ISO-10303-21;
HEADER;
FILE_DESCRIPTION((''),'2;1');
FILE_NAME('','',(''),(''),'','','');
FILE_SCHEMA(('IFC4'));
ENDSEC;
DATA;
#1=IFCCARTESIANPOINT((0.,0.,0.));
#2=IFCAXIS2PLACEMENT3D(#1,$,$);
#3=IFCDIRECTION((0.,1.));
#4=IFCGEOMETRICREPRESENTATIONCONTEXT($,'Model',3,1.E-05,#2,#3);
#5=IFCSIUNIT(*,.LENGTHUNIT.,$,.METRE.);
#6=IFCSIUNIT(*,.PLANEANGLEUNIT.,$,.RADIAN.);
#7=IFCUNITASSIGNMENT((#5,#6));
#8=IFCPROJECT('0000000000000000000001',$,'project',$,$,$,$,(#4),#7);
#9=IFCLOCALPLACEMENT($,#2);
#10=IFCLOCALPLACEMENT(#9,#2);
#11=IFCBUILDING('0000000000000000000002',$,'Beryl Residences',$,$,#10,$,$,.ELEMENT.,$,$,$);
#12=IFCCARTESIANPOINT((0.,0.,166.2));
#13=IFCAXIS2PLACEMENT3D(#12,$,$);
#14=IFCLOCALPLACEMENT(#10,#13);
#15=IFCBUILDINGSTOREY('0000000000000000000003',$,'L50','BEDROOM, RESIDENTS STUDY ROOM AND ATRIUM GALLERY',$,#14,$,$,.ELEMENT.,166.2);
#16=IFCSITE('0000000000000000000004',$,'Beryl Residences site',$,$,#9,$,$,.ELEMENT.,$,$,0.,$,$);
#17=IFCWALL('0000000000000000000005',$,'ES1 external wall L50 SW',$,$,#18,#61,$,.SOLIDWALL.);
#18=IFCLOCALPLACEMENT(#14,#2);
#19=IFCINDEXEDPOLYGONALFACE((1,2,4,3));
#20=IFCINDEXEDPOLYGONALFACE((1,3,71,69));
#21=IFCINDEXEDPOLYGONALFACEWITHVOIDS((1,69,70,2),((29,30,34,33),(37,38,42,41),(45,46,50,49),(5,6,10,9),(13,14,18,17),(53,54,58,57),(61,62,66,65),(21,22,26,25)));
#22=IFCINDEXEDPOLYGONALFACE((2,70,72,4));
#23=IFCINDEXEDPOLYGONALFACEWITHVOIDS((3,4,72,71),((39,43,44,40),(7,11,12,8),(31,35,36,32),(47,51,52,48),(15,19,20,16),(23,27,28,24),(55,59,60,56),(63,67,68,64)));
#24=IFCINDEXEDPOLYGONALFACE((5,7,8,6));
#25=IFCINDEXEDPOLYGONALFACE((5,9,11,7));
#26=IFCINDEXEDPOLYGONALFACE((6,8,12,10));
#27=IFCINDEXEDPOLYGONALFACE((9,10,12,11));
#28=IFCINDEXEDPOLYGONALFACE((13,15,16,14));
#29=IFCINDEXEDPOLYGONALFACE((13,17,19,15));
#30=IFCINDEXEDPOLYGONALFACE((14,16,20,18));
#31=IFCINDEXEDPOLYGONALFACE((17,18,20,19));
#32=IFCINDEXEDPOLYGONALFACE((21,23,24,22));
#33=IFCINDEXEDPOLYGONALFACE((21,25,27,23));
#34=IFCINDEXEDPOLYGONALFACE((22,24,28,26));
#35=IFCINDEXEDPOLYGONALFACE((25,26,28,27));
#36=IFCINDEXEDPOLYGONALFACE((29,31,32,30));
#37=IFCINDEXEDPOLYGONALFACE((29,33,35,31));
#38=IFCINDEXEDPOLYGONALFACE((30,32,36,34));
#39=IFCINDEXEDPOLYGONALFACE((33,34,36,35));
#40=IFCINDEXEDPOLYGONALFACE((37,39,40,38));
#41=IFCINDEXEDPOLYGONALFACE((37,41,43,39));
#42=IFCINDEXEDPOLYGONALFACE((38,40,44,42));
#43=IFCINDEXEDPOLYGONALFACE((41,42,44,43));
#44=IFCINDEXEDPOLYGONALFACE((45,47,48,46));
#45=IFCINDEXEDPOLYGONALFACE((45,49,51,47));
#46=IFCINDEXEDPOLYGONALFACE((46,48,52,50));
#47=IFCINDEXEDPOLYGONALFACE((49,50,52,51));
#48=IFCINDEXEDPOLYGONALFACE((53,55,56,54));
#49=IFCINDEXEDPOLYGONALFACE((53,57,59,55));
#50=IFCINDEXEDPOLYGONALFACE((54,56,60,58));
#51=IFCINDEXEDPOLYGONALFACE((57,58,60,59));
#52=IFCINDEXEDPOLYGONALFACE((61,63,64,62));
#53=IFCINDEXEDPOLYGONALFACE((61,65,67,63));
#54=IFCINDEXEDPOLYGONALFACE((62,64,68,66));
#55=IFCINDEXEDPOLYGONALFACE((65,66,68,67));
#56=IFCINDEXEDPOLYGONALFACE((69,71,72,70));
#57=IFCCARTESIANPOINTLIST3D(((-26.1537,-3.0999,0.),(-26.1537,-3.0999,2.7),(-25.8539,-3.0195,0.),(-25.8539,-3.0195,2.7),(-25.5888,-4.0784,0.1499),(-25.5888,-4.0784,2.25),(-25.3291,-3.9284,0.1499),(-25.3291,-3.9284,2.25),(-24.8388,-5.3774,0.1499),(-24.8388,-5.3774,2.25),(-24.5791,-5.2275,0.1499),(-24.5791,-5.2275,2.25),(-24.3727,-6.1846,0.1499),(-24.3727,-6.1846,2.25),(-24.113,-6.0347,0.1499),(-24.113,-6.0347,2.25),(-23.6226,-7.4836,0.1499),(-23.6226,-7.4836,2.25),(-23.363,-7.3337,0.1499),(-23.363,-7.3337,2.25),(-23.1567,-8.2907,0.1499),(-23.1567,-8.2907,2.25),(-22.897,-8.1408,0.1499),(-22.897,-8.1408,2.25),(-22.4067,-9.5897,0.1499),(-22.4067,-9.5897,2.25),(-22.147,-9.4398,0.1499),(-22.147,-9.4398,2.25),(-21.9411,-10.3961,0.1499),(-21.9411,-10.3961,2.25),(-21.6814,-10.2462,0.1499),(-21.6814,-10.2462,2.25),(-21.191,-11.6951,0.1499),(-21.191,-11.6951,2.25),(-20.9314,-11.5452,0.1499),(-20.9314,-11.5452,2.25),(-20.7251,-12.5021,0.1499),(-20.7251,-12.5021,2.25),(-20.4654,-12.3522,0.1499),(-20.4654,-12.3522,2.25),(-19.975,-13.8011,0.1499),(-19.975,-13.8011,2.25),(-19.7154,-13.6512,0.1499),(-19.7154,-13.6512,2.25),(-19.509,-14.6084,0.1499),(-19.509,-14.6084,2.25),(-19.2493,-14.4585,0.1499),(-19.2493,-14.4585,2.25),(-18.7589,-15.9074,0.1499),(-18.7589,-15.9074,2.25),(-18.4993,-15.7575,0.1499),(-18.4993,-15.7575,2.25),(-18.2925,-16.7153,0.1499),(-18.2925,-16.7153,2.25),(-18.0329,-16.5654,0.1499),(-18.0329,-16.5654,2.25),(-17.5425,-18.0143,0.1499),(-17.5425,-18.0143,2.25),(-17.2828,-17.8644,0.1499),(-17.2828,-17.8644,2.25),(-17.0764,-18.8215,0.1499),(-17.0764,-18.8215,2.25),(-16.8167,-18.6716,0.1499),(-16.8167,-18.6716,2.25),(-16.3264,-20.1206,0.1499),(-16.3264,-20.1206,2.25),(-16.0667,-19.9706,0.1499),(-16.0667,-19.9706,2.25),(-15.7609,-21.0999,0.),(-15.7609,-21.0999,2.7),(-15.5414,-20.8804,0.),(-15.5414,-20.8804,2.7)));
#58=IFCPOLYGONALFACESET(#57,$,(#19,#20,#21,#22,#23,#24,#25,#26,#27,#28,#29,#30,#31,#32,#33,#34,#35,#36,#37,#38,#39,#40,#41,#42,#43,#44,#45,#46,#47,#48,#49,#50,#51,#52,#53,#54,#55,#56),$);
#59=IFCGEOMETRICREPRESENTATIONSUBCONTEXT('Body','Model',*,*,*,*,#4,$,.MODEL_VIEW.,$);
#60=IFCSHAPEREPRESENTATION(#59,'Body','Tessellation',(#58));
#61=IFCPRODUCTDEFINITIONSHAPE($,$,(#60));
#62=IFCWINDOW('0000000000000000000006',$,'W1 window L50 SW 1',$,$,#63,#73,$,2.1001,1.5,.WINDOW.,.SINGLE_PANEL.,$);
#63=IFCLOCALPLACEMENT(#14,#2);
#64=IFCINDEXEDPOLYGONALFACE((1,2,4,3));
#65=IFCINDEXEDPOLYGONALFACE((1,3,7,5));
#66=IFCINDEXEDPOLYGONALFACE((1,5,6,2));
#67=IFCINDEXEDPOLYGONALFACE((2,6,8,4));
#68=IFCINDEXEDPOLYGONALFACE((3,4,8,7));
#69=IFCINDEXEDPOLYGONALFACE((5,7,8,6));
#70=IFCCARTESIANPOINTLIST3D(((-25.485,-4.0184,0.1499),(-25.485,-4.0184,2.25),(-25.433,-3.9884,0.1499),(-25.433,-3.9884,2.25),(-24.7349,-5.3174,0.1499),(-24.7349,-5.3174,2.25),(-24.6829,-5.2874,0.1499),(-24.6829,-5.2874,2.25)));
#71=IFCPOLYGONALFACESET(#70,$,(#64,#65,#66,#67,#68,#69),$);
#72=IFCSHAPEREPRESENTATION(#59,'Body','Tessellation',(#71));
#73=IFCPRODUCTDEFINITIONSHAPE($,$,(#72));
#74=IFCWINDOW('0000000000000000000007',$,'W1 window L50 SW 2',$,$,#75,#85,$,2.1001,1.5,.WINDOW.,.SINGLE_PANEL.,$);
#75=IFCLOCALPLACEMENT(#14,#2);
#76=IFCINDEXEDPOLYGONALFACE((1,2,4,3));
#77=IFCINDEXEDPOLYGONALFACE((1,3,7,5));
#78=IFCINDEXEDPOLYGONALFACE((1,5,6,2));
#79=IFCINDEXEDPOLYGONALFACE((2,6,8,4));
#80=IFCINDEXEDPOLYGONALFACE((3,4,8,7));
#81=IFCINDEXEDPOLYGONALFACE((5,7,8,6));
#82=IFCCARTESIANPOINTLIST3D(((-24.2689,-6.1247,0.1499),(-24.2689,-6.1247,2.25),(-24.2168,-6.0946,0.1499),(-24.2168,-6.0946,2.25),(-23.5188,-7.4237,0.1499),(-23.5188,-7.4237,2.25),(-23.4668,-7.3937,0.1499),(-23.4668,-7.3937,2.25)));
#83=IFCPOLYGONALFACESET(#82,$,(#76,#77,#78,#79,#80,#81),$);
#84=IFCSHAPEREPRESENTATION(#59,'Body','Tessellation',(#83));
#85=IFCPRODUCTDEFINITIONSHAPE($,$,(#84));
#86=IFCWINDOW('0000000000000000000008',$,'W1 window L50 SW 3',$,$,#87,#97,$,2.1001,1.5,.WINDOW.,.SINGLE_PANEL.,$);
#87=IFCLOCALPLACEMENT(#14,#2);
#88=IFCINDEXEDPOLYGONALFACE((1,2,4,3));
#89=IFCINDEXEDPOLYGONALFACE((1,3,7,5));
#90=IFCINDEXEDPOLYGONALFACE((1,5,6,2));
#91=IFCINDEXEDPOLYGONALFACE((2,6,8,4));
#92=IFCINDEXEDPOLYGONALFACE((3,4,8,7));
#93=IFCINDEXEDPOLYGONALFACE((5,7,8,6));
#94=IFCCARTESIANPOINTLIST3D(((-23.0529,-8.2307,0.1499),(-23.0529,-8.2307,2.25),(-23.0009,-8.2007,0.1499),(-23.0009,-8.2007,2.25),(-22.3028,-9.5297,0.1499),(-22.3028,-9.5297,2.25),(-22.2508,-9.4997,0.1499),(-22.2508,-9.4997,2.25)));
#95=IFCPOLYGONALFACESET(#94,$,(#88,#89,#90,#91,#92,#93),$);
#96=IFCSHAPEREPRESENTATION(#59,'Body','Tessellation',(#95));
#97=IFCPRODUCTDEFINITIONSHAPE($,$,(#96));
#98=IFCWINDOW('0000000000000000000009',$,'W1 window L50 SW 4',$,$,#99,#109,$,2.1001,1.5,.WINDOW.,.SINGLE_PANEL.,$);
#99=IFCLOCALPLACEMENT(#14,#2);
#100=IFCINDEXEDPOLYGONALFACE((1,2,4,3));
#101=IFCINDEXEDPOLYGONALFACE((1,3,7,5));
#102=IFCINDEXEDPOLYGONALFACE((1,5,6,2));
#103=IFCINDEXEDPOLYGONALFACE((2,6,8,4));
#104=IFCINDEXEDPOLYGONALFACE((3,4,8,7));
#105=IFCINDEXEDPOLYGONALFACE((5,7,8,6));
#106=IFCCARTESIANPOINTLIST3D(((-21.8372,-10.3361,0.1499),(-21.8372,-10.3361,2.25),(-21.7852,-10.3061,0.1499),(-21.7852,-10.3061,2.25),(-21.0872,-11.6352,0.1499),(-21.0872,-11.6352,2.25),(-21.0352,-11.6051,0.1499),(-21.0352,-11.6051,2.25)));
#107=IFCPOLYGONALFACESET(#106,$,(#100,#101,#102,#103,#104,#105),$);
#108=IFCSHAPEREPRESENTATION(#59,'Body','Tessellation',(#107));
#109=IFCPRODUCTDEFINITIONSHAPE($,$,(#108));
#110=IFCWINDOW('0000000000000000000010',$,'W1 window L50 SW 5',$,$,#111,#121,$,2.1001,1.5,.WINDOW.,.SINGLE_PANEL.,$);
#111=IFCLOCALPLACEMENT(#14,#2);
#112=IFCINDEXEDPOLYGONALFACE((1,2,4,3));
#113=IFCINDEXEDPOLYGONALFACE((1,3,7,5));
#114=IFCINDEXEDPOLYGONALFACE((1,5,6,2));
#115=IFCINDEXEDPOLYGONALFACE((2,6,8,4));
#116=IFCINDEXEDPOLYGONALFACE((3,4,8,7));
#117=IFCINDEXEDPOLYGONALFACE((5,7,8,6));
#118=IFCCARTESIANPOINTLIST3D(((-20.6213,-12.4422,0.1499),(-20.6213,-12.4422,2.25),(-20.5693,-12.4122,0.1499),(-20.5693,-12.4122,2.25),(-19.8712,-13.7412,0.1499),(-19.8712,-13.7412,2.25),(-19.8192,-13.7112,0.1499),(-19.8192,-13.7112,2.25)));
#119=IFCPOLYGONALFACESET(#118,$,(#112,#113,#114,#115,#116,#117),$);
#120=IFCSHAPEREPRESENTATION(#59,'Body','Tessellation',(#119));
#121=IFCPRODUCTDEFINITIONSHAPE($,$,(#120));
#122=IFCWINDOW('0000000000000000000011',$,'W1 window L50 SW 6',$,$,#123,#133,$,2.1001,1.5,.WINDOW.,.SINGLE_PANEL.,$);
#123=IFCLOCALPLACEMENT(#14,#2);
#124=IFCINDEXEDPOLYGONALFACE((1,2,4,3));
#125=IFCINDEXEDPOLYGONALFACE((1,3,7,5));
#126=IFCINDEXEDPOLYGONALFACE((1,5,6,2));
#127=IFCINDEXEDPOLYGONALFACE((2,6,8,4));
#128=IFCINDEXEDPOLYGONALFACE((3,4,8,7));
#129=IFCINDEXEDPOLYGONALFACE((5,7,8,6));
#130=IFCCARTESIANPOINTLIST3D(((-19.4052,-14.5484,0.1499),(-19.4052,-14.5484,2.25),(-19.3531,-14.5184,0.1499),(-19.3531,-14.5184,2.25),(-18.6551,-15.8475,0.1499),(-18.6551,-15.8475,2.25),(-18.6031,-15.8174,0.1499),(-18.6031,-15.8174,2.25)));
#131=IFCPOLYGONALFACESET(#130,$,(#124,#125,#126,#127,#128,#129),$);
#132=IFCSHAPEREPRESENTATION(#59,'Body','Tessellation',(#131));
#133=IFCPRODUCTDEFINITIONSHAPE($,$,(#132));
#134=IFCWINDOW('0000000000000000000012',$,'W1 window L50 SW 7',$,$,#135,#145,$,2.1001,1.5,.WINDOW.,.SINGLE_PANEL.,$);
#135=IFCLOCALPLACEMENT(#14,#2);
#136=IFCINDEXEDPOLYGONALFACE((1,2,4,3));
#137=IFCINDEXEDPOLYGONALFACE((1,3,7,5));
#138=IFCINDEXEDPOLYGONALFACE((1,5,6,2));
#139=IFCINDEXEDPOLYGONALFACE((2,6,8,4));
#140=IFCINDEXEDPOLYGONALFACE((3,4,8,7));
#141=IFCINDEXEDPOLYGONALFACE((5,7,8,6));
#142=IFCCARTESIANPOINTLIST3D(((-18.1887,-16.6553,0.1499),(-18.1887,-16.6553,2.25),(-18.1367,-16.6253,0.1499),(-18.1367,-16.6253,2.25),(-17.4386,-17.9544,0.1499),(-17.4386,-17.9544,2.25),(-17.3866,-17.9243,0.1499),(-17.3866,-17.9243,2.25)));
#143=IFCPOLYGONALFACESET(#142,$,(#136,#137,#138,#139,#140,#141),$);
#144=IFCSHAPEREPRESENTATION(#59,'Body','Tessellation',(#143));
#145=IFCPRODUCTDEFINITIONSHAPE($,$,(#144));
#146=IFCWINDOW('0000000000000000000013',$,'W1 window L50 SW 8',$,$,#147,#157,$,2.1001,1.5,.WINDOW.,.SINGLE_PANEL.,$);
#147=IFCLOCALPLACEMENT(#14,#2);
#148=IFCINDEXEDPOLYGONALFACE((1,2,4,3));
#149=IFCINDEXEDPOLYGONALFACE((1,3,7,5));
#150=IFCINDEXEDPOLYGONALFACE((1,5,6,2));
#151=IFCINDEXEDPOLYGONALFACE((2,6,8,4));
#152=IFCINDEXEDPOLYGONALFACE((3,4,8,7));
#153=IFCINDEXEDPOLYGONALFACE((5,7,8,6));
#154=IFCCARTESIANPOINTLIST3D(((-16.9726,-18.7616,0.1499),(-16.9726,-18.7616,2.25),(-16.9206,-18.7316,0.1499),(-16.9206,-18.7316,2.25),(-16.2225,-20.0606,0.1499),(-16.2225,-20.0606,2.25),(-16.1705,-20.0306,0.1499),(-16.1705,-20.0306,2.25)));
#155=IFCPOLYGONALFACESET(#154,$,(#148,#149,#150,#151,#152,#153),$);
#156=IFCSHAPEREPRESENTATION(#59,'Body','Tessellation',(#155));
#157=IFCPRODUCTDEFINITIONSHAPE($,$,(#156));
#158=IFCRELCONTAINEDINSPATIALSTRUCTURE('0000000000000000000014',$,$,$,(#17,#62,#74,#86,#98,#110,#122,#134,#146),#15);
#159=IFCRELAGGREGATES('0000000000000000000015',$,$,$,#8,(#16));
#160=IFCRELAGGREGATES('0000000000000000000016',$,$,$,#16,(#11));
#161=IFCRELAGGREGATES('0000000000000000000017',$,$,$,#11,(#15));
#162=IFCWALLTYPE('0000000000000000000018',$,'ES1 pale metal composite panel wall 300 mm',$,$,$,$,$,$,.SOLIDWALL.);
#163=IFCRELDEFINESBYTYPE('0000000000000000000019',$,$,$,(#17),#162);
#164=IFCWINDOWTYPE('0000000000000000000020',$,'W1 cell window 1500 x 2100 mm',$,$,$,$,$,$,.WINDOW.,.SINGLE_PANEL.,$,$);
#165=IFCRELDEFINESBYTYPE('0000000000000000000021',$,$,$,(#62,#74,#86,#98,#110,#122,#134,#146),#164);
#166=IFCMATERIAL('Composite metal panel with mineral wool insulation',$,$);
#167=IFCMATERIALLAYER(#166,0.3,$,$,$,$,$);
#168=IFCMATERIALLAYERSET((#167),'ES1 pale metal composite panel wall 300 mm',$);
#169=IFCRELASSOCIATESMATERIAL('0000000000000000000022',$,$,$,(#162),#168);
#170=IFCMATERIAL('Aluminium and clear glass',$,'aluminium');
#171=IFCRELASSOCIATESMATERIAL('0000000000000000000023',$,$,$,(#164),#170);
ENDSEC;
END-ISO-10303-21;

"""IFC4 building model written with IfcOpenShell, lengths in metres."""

from ifc_helpers import new_model, si_unit, direction, frame, frame_2d, origin, place, context, subcontext, project, spatial, polyline, rectangle, outline, extrude, material, layer, layer_set, type_object, element, fill, save


model = new_model("IFC4")

# Units and contexts
model_context = context("Model", 3, precision=1e-05, world=origin(), true_north=direction((0.0, 1.0)))
body_context = subcontext(model_context, "Body", "Model", "MODEL_VIEW")
ifc_project = project(units=[si_unit("LENGTHUNIT", "METRE"), si_unit("PLANEANGLEUNIT", "RADIAN")], contexts=[model_context])

# Site, building, storey
site_placement = place(None, origin())
site = spatial("IfcSite", under=ifc_project, at=site_placement, Name="Beryl Residences site", CompositionType="ELEMENT", RefElevation=0.0)
building_placement = place(site_placement, origin())
building = spatial("IfcBuilding", under=site, at=building_placement, Name="Beryl Residences", CompositionType="ELEMENT")
storey_placement = place(building_placement, frame((0.0, 0.0, 166.2)))
storey = spatial("IfcBuildingStorey", under=building, at=storey_placement, Name="L50", Description="BEDROOM, RESIDENTS STUDY ROOM AND ATRIUM GALLERY", CompositionType="ELEMENT", Elevation=166.2)

# Wall, openings, windows
ifc_material_1 = material(Name="Composite metal panel with mineral wool insulation")
ifc_layer_1 = layer(ifc_material_1, 0.3)
ifc_layer_set_1 = layer_set([ifc_layer_1], Name="ES1 pale metal composite panel wall 300 mm")
wall_type_1 = type_object("IfcWallType", Name="ES1 pale metal composite panel wall 300 mm", PredefinedType="SOLIDWALL", material=ifc_layer_set_1)
wall_1_placement = place(storey_placement, frame((-26.0239, -3.0249, 0.0), z_axis=(0.0, 0.0, 1.0), x_axis=(0.500019, -0.866015, 0.0)))
wall_1 = element("IfcWall", 1, at=wall_1_placement, inside=storey, type_object=wall_type_1, Name="ES1 external wall L50 SW", PredefinedType="SOLIDWALL", context=body_context, shape_type="SweptSolid", body=[
    extrude(outline(polyline([(0.0, -0.1499), (20.7849, -0.1499), (20.7046, 0.1499), (0.0803, 0.1499), (0.0, -0.1499)])), origin(), (0.0, 0.0, 1.0), 2.7),
])
opening_1_placement = place(wall_1_placement, frame((1.1299, 0.0, 0.1499)))
opening_1 = element("IfcOpeningElement", 2, at=opening_1_placement, cuts=wall_1, PredefinedType="OPENING", context=body_context, shape_type="SweptSolid", body=[
    extrude(rectangle(XDim=1.5, YDim=2.1001, at=frame_2d((0.75, 1.05))), frame((0.0, 0.1599, 0.0), z_axis=(0.0, -1.0, 0.0), x_axis=(1.0, 0.0, 0.0)), (0.0, 0.0, 1.0), 0.3201),
])
opening_2_placement = place(wall_1_placement, frame((3.562, 0.0, 0.1499)))
opening_2 = element("IfcOpeningElement", 3, at=opening_2_placement, cuts=wall_1, PredefinedType="OPENING", context=body_context, shape_type="SweptSolid", body=[
    extrude(rectangle(XDim=1.5, YDim=2.1001, at=frame_2d((0.75, 1.05))), frame((0.0, 0.1599, 0.0), z_axis=(0.0, -1.0, 0.0), x_axis=(1.0, 0.0, 0.0)), (0.0, 0.0, 1.0), 0.3201),
])
opening_3_placement = place(wall_1_placement, frame((5.9939, 0.0, 0.1499)))
opening_3 = element("IfcOpeningElement", 4, at=opening_3_placement, cuts=wall_1, PredefinedType="OPENING", context=body_context, shape_type="SweptSolid", body=[
    extrude(rectangle(XDim=1.5, YDim=2.1001, at=frame_2d((0.75, 1.05))), frame((0.0, 0.1599, 0.0), z_axis=(0.0, -1.0, 0.0), x_axis=(1.0, 0.0, 0.0)), (0.0, 0.0, 1.0), 0.3201),
])
opening_4_placement = place(wall_1_placement, frame((8.425, 0.0, 0.1499)))
opening_4 = element("IfcOpeningElement", 5, at=opening_4_placement, cuts=wall_1, PredefinedType="OPENING", context=body_context, shape_type="SweptSolid", body=[
    extrude(rectangle(XDim=1.5, YDim=2.1001, at=frame_2d((0.75, 1.05))), frame((0.0, 0.1599, 0.0), z_axis=(0.0, -1.0, 0.0), x_axis=(1.0, 0.0, 0.0)), (0.0, 0.0, 1.0), 0.3201),
])
opening_5_placement = place(wall_1_placement, frame((10.8569, 0.0, 0.1499)))
opening_5 = element("IfcOpeningElement", 6, at=opening_5_placement, cuts=wall_1, PredefinedType="OPENING", context=body_context, shape_type="SweptSolid", body=[
    extrude(rectangle(XDim=1.5, YDim=2.1001, at=frame_2d((0.75, 1.05))), frame((0.0, 0.1599, 0.0), z_axis=(0.0, -1.0, 0.0), x_axis=(1.0, 0.0, 0.0)), (0.0, 0.0, 1.0), 0.3201),
])
opening_6_placement = place(wall_1_placement, frame((13.2891, 0.0, 0.1499)))
opening_6 = element("IfcOpeningElement", 7, at=opening_6_placement, cuts=wall_1, PredefinedType="OPENING", context=body_context, shape_type="SweptSolid", body=[
    extrude(rectangle(XDim=1.5, YDim=2.1001, at=frame_2d((0.75, 1.05))), frame((0.0, 0.1599, 0.0), z_axis=(0.0, -1.0, 0.0), x_axis=(1.0, 0.0, 0.0)), (0.0, 0.0, 1.0), 0.3201),
])
opening_7_placement = place(wall_1_placement, frame((15.7219, 0.0, 0.1499)))
opening_7 = element("IfcOpeningElement", 8, at=opening_7_placement, cuts=wall_1, PredefinedType="OPENING", context=body_context, shape_type="SweptSolid", body=[
    extrude(rectangle(XDim=1.5, YDim=2.1001, at=frame_2d((0.75, 1.05))), frame((0.0, 0.1599, 0.0), z_axis=(0.0, -1.0, 0.0), x_axis=(1.0, 0.0, 0.0)), (0.0, 0.0, 1.0), 0.3201),
])
opening_8_placement = place(wall_1_placement, frame((18.1541, 0.0, 0.1499)))
opening_8 = element("IfcOpeningElement", 9, at=opening_8_placement, cuts=wall_1, PredefinedType="OPENING", context=body_context, shape_type="SweptSolid", body=[
    extrude(rectangle(XDim=1.5, YDim=2.1001, at=frame_2d((0.75, 1.05))), frame((0.0, 0.1599, 0.0), z_axis=(0.0, -1.0, 0.0), x_axis=(1.0, 0.0, 0.0)), (0.0, 0.0, 1.0), 0.3201),
])
ifc_material_2 = material(Name="Aluminium and clear glass", Category="aluminium")
window_type = type_object("IfcWindowType", Name="W1 cell window 1500 x 2100 mm", PartitioningType="SINGLE_PANEL", PredefinedType="WINDOW", material=ifc_material_2)
window_1_placement = place(opening_1_placement, origin())
window_1 = element("IfcWindow", 10, at=window_1_placement, inside=storey, type_object=window_type, Name="W1 window L50 SW 1", OverallHeight=2.1001, OverallWidth=1.5, PartitioningType="SINGLE_PANEL", PredefinedType="WINDOW", context=body_context, shape_type="SweptSolid", body=[
    extrude(rectangle(XDim=1.5, YDim=2.1001, at=frame_2d((0.75, 1.05))), frame((0.0, 0.03, 0.0), z_axis=(0.0, -1.0, 0.0), x_axis=(1.0, 0.0, 0.0)), (0.0, 0.0, 1.0), 0.0601),
])
fill(opening_1, window_1)
window_2_placement = place(opening_2_placement, origin())
window_2 = element("IfcWindow", 11, at=window_2_placement, inside=storey, type_object=window_type, Name="W1 window L50 SW 2", OverallHeight=2.1001, OverallWidth=1.5, PartitioningType="SINGLE_PANEL", PredefinedType="WINDOW", context=body_context, shape_type="SweptSolid", body=[
    extrude(rectangle(XDim=1.5, YDim=2.1001, at=frame_2d((0.75, 1.05))), frame((0.0, 0.03, 0.0), z_axis=(0.0, -1.0, 0.0), x_axis=(1.0, 0.0, 0.0)), (0.0, 0.0, 1.0), 0.0601),
])
fill(opening_2, window_2)
window_3_placement = place(opening_3_placement, origin())
window_3 = element("IfcWindow", 12, at=window_3_placement, inside=storey, type_object=window_type, Name="W1 window L50 SW 3", OverallHeight=2.1001, OverallWidth=1.5, PartitioningType="SINGLE_PANEL", PredefinedType="WINDOW", context=body_context, shape_type="SweptSolid", body=[
    extrude(rectangle(XDim=1.5, YDim=2.1001, at=frame_2d((0.75, 1.05))), frame((0.0, 0.03, 0.0), z_axis=(0.0, -1.0, 0.0), x_axis=(1.0, 0.0, 0.0)), (0.0, 0.0, 1.0), 0.0601),
])
fill(opening_3, window_3)
window_4_placement = place(opening_4_placement, origin())
window_4 = element("IfcWindow", 13, at=window_4_placement, inside=storey, type_object=window_type, Name="W1 window L50 SW 4", OverallHeight=2.1001, OverallWidth=1.5, PartitioningType="SINGLE_PANEL", PredefinedType="WINDOW", context=body_context, shape_type="SweptSolid", body=[
    extrude(rectangle(XDim=1.5, YDim=2.1001, at=frame_2d((0.75, 1.05))), frame((0.0, 0.03, 0.0), z_axis=(0.0, -1.0, 0.0), x_axis=(1.0, 0.0, 0.0)), (0.0, 0.0, 1.0), 0.0601),
])
fill(opening_4, window_4)
window_5_placement = place(opening_5_placement, origin())
window_5 = element("IfcWindow", 14, at=window_5_placement, inside=storey, type_object=window_type, Name="W1 window L50 SW 5", OverallHeight=2.1001, OverallWidth=1.5, PartitioningType="SINGLE_PANEL", PredefinedType="WINDOW", context=body_context, shape_type="SweptSolid", body=[
    extrude(rectangle(XDim=1.5, YDim=2.1001, at=frame_2d((0.75, 1.05))), frame((0.0, 0.03, 0.0), z_axis=(0.0, -1.0, 0.0), x_axis=(1.0, 0.0, 0.0)), (0.0, 0.0, 1.0), 0.0601),
])
fill(opening_5, window_5)
window_6_placement = place(opening_6_placement, origin())
window_6 = element("IfcWindow", 15, at=window_6_placement, inside=storey, type_object=window_type, Name="W1 window L50 SW 6", OverallHeight=2.1001, OverallWidth=1.5, PartitioningType="SINGLE_PANEL", PredefinedType="WINDOW", context=body_context, shape_type="SweptSolid", body=[
    extrude(rectangle(XDim=1.5, YDim=2.1001, at=frame_2d((0.75, 1.05))), frame((0.0, 0.03, 0.0), z_axis=(0.0, -1.0, 0.0), x_axis=(1.0, 0.0, 0.0)), (0.0, 0.0, 1.0), 0.0601),
])
fill(opening_6, window_6)
window_7_placement = place(opening_7_placement, origin())
window_7 = element("IfcWindow", 16, at=window_7_placement, inside=storey, type_object=window_type, Name="W1 window L50 SW 7", OverallHeight=2.1001, OverallWidth=1.5, PartitioningType="SINGLE_PANEL", PredefinedType="WINDOW", context=body_context, shape_type="SweptSolid", body=[
    extrude(rectangle(XDim=1.5, YDim=2.1001, at=frame_2d((0.75, 1.05))), frame((0.0, 0.03, 0.0), z_axis=(0.0, -1.0, 0.0), x_axis=(1.0, 0.0, 0.0)), (0.0, 0.0, 1.0), 0.0601),
])
fill(opening_7, window_7)
window_8_placement = place(opening_8_placement, origin())
window_8 = element("IfcWindow", 17, at=window_8_placement, inside=storey, type_object=window_type, Name="W1 window L50 SW 8", OverallHeight=2.1001, OverallWidth=1.5, PartitioningType="SINGLE_PANEL", PredefinedType="WINDOW", context=body_context, shape_type="SweptSolid", body=[
    extrude(rectangle(XDim=1.5, YDim=2.1001, at=frame_2d((0.75, 1.05))), frame((0.0, 0.03, 0.0), z_axis=(0.0, -1.0, 0.0), x_axis=(1.0, 0.0, 0.0)), (0.0, 0.0, 1.0), 0.0601),
])
fill(opening_8, window_8)

save(model, "model.ifc")
